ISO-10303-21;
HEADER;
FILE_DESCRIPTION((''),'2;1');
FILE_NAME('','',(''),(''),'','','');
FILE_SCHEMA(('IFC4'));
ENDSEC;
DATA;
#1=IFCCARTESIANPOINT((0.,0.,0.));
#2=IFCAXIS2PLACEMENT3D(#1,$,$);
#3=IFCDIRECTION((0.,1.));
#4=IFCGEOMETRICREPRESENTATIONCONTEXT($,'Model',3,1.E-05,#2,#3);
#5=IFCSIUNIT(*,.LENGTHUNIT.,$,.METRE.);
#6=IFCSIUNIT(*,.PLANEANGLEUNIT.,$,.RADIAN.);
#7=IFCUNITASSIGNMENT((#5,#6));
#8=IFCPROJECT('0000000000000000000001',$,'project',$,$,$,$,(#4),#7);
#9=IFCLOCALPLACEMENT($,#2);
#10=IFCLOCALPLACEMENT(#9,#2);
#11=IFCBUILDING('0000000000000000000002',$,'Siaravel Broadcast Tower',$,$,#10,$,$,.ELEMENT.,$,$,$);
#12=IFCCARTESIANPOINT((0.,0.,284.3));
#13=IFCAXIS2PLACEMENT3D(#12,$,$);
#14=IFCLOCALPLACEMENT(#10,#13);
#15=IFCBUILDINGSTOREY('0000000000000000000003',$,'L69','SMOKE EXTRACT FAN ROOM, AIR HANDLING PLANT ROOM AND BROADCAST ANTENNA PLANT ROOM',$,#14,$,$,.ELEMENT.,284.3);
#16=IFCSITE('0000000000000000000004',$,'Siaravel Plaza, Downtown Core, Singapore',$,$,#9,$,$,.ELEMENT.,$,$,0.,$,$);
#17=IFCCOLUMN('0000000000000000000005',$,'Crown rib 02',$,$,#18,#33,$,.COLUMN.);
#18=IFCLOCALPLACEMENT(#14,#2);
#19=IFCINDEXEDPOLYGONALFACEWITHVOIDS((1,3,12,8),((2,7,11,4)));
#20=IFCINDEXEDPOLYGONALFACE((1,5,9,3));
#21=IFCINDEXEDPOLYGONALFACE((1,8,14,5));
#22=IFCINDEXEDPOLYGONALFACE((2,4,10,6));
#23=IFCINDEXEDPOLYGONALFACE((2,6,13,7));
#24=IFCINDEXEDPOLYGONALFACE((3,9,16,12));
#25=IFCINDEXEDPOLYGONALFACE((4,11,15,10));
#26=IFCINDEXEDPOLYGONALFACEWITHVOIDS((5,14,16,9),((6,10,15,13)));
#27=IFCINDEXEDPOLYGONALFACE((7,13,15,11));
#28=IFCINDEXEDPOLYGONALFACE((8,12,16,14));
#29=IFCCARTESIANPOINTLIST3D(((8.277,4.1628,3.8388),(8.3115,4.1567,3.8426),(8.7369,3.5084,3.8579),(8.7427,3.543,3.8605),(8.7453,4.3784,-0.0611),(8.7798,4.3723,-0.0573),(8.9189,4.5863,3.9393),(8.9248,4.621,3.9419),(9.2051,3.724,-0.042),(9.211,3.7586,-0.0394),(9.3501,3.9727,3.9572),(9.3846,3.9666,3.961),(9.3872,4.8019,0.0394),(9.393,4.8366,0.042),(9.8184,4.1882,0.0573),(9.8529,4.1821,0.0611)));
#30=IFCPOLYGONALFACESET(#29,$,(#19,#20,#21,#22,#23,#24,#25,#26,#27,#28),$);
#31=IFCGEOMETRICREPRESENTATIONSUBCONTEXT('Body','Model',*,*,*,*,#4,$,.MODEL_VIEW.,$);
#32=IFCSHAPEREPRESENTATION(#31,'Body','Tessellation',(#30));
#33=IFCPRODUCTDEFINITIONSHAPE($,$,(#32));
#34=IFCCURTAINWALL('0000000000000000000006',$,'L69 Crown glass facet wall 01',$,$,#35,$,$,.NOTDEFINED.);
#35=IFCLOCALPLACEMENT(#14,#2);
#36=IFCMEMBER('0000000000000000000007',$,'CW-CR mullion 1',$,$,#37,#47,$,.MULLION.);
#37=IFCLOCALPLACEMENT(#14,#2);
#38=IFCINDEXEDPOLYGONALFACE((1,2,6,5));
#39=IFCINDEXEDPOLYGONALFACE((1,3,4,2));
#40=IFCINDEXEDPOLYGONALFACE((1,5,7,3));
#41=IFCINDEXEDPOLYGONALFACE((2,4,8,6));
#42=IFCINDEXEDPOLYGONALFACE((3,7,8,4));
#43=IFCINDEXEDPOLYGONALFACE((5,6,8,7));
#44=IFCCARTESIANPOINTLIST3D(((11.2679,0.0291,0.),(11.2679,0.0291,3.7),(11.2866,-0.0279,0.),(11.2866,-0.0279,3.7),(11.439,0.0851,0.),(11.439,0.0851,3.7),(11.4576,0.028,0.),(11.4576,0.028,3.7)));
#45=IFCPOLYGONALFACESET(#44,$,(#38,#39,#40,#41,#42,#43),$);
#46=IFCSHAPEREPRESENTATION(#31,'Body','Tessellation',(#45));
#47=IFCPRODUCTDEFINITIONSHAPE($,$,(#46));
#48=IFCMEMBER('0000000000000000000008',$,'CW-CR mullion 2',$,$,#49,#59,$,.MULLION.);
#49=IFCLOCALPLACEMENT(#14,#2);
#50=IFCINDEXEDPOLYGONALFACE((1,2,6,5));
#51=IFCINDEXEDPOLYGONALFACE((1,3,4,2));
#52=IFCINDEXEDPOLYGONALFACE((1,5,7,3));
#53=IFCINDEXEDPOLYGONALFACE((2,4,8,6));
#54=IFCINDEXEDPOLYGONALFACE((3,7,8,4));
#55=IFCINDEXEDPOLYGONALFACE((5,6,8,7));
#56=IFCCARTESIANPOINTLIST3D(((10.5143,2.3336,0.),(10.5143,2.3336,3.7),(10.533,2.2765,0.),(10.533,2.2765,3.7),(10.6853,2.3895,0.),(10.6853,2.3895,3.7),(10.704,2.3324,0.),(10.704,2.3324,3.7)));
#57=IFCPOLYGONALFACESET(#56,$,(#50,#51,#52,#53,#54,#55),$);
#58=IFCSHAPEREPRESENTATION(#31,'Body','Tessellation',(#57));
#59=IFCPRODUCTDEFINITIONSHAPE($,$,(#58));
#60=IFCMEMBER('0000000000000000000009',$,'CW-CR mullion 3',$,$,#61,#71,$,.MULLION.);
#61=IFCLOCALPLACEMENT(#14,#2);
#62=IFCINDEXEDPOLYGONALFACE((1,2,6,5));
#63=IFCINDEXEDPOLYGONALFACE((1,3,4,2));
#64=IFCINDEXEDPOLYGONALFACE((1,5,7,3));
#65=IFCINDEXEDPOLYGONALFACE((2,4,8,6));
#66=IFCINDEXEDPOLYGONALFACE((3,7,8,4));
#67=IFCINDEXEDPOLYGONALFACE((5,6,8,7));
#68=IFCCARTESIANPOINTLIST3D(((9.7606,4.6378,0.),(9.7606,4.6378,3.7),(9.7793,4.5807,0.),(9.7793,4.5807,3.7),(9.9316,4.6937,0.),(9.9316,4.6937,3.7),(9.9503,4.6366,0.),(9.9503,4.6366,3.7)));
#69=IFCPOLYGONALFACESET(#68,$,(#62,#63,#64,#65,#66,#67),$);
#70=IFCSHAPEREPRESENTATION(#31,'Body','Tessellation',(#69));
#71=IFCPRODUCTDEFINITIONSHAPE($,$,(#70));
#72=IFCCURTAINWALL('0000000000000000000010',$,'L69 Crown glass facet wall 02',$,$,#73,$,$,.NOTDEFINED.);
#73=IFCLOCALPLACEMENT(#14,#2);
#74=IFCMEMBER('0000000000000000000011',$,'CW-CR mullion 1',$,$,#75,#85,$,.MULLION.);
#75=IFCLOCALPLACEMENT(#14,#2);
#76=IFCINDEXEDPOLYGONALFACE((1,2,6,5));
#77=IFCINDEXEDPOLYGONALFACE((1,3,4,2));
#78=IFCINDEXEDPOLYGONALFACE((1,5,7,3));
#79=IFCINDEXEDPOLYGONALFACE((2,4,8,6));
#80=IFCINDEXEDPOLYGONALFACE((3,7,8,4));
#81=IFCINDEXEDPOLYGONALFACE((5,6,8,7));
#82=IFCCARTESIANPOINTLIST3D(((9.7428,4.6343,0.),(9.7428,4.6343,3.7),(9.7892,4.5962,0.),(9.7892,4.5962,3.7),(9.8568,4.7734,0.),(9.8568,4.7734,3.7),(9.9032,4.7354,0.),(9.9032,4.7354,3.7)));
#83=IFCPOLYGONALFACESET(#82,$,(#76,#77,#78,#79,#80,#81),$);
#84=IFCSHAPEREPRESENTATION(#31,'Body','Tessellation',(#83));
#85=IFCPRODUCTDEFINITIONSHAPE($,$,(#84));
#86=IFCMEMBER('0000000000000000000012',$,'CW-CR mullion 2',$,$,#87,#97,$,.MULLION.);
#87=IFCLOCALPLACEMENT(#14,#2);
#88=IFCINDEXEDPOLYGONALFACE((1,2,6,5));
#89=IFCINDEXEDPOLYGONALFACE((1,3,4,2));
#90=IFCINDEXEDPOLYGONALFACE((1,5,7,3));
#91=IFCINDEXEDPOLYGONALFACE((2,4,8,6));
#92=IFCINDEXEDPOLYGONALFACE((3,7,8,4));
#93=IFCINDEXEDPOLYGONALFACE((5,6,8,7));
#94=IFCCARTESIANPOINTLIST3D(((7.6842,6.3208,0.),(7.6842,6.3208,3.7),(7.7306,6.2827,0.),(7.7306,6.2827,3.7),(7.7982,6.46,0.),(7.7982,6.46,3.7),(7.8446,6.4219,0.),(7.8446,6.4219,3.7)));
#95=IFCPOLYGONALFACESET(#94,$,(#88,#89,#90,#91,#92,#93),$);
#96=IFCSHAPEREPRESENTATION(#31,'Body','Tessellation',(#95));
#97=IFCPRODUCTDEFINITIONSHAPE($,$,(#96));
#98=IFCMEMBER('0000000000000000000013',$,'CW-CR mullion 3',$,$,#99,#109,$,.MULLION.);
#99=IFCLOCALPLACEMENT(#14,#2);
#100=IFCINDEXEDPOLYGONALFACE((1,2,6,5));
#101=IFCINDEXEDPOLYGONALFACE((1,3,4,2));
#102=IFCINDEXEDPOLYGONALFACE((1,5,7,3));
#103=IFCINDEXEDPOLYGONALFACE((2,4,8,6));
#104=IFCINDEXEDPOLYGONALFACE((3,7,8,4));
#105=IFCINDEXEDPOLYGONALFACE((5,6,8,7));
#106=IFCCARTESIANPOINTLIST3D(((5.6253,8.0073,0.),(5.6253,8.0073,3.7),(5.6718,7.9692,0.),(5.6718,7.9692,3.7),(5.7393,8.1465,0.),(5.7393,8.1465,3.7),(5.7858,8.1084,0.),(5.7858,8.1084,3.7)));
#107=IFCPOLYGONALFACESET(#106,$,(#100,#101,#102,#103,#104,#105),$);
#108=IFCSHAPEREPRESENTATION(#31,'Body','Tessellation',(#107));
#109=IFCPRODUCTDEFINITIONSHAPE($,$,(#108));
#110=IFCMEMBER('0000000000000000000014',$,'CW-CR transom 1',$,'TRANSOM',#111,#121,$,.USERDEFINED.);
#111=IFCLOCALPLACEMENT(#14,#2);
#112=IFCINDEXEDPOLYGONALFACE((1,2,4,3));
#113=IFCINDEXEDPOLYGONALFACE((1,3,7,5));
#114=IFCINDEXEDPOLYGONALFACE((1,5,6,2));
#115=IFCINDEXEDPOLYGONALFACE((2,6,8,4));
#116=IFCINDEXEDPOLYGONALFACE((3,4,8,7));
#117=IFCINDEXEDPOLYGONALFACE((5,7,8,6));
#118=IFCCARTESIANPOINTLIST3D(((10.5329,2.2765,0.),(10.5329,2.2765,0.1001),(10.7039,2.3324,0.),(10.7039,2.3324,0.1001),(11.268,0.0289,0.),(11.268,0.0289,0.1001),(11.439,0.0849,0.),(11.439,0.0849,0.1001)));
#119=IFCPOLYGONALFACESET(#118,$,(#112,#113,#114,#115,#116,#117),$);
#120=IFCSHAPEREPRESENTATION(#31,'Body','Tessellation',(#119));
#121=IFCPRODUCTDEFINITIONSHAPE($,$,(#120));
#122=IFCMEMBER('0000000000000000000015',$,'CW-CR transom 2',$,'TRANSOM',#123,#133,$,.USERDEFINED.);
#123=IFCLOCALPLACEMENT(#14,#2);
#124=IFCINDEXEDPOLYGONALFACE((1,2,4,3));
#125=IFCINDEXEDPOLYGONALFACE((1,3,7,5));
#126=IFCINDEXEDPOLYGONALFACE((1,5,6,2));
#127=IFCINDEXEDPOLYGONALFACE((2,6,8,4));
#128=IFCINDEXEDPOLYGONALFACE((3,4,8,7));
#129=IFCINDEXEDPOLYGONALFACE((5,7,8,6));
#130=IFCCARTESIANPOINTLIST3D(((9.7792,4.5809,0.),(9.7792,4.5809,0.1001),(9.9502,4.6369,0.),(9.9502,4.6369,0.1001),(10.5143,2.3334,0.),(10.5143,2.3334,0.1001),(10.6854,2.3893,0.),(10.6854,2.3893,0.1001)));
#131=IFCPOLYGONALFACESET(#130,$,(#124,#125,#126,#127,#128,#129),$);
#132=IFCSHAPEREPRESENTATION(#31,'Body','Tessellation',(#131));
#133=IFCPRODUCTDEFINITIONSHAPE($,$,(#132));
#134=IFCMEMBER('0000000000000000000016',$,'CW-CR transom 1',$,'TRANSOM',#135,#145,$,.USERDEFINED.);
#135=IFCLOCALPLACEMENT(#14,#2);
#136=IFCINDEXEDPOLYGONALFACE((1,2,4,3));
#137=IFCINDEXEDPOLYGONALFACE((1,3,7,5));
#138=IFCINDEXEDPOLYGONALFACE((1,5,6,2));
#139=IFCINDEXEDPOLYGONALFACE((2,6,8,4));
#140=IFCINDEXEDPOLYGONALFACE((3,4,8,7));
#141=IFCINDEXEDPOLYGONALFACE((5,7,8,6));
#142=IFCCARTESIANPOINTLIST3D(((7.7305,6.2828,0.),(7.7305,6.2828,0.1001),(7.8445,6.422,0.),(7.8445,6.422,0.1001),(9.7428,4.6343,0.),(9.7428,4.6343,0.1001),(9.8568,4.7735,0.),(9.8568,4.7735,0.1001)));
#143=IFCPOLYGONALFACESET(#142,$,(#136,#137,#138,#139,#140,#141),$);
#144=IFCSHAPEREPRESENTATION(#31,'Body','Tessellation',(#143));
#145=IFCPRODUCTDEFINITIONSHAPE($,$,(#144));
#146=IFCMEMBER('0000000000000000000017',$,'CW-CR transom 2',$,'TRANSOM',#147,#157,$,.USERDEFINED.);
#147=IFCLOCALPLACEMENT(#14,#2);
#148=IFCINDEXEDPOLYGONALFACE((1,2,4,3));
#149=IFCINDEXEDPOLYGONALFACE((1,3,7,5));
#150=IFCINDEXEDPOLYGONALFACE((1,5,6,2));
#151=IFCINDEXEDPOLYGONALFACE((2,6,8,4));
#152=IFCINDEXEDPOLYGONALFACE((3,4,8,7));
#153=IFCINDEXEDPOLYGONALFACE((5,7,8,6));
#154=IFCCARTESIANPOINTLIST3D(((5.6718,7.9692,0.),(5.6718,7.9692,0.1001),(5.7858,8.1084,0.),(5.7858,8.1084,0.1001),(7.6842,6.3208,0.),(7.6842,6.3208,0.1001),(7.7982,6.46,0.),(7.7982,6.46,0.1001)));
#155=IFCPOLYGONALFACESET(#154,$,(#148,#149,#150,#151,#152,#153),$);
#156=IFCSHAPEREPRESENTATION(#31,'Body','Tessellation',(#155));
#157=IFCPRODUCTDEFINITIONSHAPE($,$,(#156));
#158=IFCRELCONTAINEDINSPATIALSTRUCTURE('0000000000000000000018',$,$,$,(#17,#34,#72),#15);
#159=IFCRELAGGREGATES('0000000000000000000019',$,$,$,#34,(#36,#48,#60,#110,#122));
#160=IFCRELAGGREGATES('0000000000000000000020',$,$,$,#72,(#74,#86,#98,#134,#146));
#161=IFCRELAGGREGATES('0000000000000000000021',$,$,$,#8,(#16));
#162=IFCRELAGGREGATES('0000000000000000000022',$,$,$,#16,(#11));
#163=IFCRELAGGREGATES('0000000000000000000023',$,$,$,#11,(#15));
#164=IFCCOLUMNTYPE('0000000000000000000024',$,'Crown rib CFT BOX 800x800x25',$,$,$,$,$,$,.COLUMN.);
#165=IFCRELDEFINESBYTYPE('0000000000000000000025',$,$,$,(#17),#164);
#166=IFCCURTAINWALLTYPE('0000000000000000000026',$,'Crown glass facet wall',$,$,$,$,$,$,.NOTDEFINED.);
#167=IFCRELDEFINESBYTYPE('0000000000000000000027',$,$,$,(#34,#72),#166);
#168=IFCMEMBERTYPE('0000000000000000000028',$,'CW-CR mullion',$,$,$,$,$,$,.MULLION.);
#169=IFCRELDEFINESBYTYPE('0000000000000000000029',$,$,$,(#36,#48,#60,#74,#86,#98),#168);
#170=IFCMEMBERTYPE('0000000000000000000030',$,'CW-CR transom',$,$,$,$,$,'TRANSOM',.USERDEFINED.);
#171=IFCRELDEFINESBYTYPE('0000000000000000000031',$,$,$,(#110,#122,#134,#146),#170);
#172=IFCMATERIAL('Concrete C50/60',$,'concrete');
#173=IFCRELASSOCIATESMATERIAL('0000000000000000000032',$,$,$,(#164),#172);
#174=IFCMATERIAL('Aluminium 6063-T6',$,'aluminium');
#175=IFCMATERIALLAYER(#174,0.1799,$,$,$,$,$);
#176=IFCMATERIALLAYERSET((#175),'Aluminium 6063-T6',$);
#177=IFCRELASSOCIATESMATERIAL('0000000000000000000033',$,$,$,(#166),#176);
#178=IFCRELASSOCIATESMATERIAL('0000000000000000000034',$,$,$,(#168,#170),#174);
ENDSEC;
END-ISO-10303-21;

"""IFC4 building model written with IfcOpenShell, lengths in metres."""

from ifc_helpers import new_model, si_unit, direction, frame, origin, origin_2d, place, context, subcontext, project, spatial, rectangle, hollow_rectangle, extrude, material, layer, layer_set, material_profile, profile_set, type_object, element, aggregate, save


model = new_model("IFC4")

# Units and contexts
model_context = context("Model", 3, precision=1e-05, world=origin(), true_north=direction((0.0, 1.0)))
body_context = subcontext(model_context, "Body", "Model", "MODEL_VIEW")
ifc_project = project(units=[si_unit("LENGTHUNIT", "METRE"), si_unit("PLANEANGLEUNIT", "RADIAN")], contexts=[model_context])

# Site, building, storey
site_placement = place(None, origin())
site = spatial("IfcSite", under=ifc_project, at=site_placement, Name="Siaravel Plaza, Downtown Core, Singapore", CompositionType="ELEMENT", RefElevation=0.0)
building_placement = place(site_placement, origin())
building = spatial("IfcBuilding", under=site, at=building_placement, Name="Siaravel Broadcast Tower", CompositionType="ELEMENT")
storey_placement = place(building_placement, frame((0.0, 0.0, 284.3)))
storey = spatial("IfcBuildingStorey", under=building, at=storey_placement, Name="L69", Description="SMOKE EXTRACT FAN ROOM, AIR HANDLING PLANT ROOM AND BROADCAST ANTENNA PLANT ROOM", CompositionType="ELEMENT", Elevation=284.3)

# Column
ifc_material_1 = material(Name="Concrete C50/60", Category="concrete")
ifc_material_profile_1 = material_profile(ifc_material_1, hollow_rectangle(XDim=0.8, YDim=0.8, WallThickness=0.0249, at=origin_2d()))
ifc_profile_set_1 = profile_set([ifc_material_profile_1], Name="Concrete C50/60")
column_type = type_object("IfcColumnType", Name="Crown rib CFT BOX 800x800x25", PredefinedType="COLUMN", material=ifc_profile_set_1)
column_placement = place(storey_placement, frame((9.2991, 4.2803, 0.0), z_axis=(-0.119035, -0.054801, 0.991377), x_axis=(0.574756, -0.817979, 0.023795)))
element("IfcColumn", 1, at=column_placement, inside=storey, type_object=column_type, Name="Crown rib 02", PredefinedType="COLUMN", context=body_context, shape_type="SweptSolid", body=[
    extrude(hollow_rectangle(XDim=0.8, YDim=0.8, WallThickness=0.0249, at=origin_2d()), origin(), (0.0, 0.0, 1.0), 3.9338),
])

# Curtain walls, members
ifc_material_2 = material(Name="Aluminium 6063-T6", Category="aluminium")
ifc_layer_1 = layer(ifc_material_2, 0.1799)
ifc_layer_set_1 = layer_set([ifc_layer_1], Name="Aluminium 6063-T6")
curtain_wall_type = type_object("IfcCurtainWallType", Name="Crown glass facet wall", PredefinedType="NOTDEFINED", material=ifc_layer_set_1)
curtain_wall_1_placement = place(storey_placement, origin())
curtain_wall_1 = element("IfcCurtainWall", 2, at=curtain_wall_1_placement, inside=storey, type_object=curtain_wall_type, Name="L69 Crown glass facet wall 01", PredefinedType="NOTDEFINED")
ifc_material_profile_2 = material_profile(ifc_material_2, rectangle(XDim=0.1799, YDim=0.0601, at=origin_2d()))
ifc_profile_set_2 = profile_set([ifc_material_profile_2], Name="Aluminium 6063-T6")
member_type_1 = type_object("IfcMemberType", Name="CW-CR mullion", PredefinedType="MULLION", material=ifc_profile_set_2)
member_1_placement = place(storey_placement, frame((11.3628, 0.0286, 0.0), z_axis=(0.0, 0.0, 1.0), x_axis=(-0.950457, -0.310855, 0.0)))
member_1 = element("IfcMember", 3, at=member_1_placement, type_object=member_type_1, Name="CW-CR mullion 1", PredefinedType="MULLION", context=body_context, shape_type="SweptSolid", body=[
    extrude(rectangle(XDim=0.1799, YDim=0.0601, at=origin_2d()), origin(), (0.0, 0.0, 1.0), 3.7),
])
member_2_placement = place(storey_placement, frame((10.6091, 2.333, 0.0), z_axis=(0.0, 0.0, 1.0), x_axis=(-0.950457, -0.310855, 0.0)))
member_2 = element("IfcMember", 4, at=member_2_placement, type_object=member_type_1, Name="CW-CR mullion 2", PredefinedType="MULLION", context=body_context, shape_type="SweptSolid", body=[
    extrude(rectangle(XDim=0.1799, YDim=0.0601, at=origin_2d()), origin(), (0.0, 0.0, 1.0), 3.7),
])
member_3_placement = place(storey_placement, frame((9.8555, 4.6372, 0.0), z_axis=(0.0, 0.0, 1.0), x_axis=(-0.950457, -0.310855, 0.0)))
member_3 = element("IfcMember", 5, at=member_3_placement, type_object=member_type_1, Name="CW-CR mullion 3", PredefinedType="MULLION", context=body_context, shape_type="SweptSolid", body=[
    extrude(rectangle(XDim=0.1799, YDim=0.0601, at=origin_2d()), origin(), (0.0, 0.0, 1.0), 3.7),
])
curtain_wall_2_placement = place(storey_placement, origin())
curtain_wall_2 = element("IfcCurtainWall", 6, at=curtain_wall_2_placement, inside=storey, type_object=curtain_wall_type, Name="L69 Crown glass facet wall 02", PredefinedType="NOTDEFINED")
member_4_placement = place(storey_placement, frame((9.823, 4.6848, 0.0), z_axis=(0.0, 0.0, 1.0), x_axis=(-0.633718, -0.773564, 0.0)))
member_4 = element("IfcMember", 7, at=member_4_placement, type_object=member_type_1, Name="CW-CR mullion 1", PredefinedType="MULLION", context=body_context, shape_type="SweptSolid", body=[
    extrude(rectangle(XDim=0.1799, YDim=0.0601, at=origin_2d()), origin(), (0.0, 0.0, 1.0), 3.7),
])
member_5_placement = place(storey_placement, frame((7.7644, 6.3713, 0.0), z_axis=(0.0, 0.0, 1.0), x_axis=(-0.633718, -0.773564, 0.0)))
member_5 = element("IfcMember", 8, at=member_5_placement, type_object=member_type_1, Name="CW-CR mullion 2", PredefinedType="MULLION", context=body_context, shape_type="SweptSolid", body=[
    extrude(rectangle(XDim=0.1799, YDim=0.0601, at=origin_2d()), origin(), (0.0, 0.0, 1.0), 3.7),
])
member_6_placement = place(storey_placement, frame((5.7056, 8.0579, 0.0), z_axis=(0.0, 0.0, 1.0), x_axis=(-0.633718, -0.773564, 0.0)))
member_6 = element("IfcMember", 9, at=member_6_placement, type_object=member_type_1, Name="CW-CR mullion 3", PredefinedType="MULLION", context=body_context, shape_type="SweptSolid", body=[
    extrude(rectangle(XDim=0.1799, YDim=0.0601, at=origin_2d()), origin(), (0.0, 0.0, 1.0), 3.7),
])

# Members
ifc_material_profile_3 = material_profile(ifc_material_2, rectangle(XDim=0.1799, YDim=0.1001, at=origin_2d()))
ifc_profile_set_3 = profile_set([ifc_material_profile_3], Name="Aluminium 6063-T6")
member_type_2 = type_object("IfcMemberType", Name="CW-CR transom", ElementType="TRANSOM", PredefinedType="USERDEFINED", material=ifc_profile_set_3)
member_7_placement = place(storey_placement, frame((11.3535, 0.0569, 0.05), z_axis=(-0.310864, 0.950454, 0.0), x_axis=(-0.950454, -0.310864, 0.0)))
member_7 = element("IfcMember", 10, at=member_7_placement, type_object=member_type_2, Name="CW-CR transom 1", ObjectType="TRANSOM", PredefinedType="USERDEFINED", context=body_context, shape_type="SweptSolid", body=[
    extrude(rectangle(XDim=0.1799, YDim=0.1001, at=origin_2d()), origin(), (0.0, 0.0, 1.0), 2.3647),
])
member_8_placement = place(storey_placement, frame((10.5999, 2.3613, 0.05), z_axis=(-0.310864, 0.950454, 0.0), x_axis=(-0.950454, -0.310864, 0.0)))
member_8 = element("IfcMember", 11, at=member_8_placement, type_object=member_type_2, Name="CW-CR transom 2", ObjectType="TRANSOM", PredefinedType="USERDEFINED", context=body_context, shape_type="SweptSolid", body=[
    extrude(rectangle(XDim=0.1799, YDim=0.1001, at=origin_2d()), origin(), (0.0, 0.0, 1.0), 2.3647),
])
member_9_placement = place(storey_placement, frame((9.7998, 4.7039, 0.05), z_axis=(-0.773564, 0.633718, 0.0), x_axis=(-0.633718, -0.773564, 0.0)))
member_9 = element("IfcMember", 12, at=member_9_placement, type_object=member_type_2, Name="CW-CR transom 1", ObjectType="TRANSOM", PredefinedType="USERDEFINED", context=body_context, shape_type="SweptSolid", body=[
    extrude(rectangle(XDim=0.1799, YDim=0.1001, at=origin_2d()), origin(), (0.0, 0.0, 1.0), 2.6013),
])
member_10_placement = place(storey_placement, frame((7.7412, 6.3904, 0.05), z_axis=(-0.773602, 0.633672, 0.0), x_axis=(-0.633672, -0.773602, 0.0)))
member_10 = element("IfcMember", 13, at=member_10_placement, type_object=member_type_2, Name="CW-CR transom 2", ObjectType="TRANSOM", PredefinedType="USERDEFINED", context=body_context, shape_type="SweptSolid", body=[
    extrude(rectangle(XDim=0.1799, YDim=0.1001, at=origin_2d()), origin(), (0.0, 0.0, 1.0), 2.6013),
])

aggregate(curtain_wall_1, [member_1, member_2, member_3, member_7, member_8])
aggregate(curtain_wall_2, [member_4, member_5, member_6, member_9, member_10])

save(model, "model.ifc")
